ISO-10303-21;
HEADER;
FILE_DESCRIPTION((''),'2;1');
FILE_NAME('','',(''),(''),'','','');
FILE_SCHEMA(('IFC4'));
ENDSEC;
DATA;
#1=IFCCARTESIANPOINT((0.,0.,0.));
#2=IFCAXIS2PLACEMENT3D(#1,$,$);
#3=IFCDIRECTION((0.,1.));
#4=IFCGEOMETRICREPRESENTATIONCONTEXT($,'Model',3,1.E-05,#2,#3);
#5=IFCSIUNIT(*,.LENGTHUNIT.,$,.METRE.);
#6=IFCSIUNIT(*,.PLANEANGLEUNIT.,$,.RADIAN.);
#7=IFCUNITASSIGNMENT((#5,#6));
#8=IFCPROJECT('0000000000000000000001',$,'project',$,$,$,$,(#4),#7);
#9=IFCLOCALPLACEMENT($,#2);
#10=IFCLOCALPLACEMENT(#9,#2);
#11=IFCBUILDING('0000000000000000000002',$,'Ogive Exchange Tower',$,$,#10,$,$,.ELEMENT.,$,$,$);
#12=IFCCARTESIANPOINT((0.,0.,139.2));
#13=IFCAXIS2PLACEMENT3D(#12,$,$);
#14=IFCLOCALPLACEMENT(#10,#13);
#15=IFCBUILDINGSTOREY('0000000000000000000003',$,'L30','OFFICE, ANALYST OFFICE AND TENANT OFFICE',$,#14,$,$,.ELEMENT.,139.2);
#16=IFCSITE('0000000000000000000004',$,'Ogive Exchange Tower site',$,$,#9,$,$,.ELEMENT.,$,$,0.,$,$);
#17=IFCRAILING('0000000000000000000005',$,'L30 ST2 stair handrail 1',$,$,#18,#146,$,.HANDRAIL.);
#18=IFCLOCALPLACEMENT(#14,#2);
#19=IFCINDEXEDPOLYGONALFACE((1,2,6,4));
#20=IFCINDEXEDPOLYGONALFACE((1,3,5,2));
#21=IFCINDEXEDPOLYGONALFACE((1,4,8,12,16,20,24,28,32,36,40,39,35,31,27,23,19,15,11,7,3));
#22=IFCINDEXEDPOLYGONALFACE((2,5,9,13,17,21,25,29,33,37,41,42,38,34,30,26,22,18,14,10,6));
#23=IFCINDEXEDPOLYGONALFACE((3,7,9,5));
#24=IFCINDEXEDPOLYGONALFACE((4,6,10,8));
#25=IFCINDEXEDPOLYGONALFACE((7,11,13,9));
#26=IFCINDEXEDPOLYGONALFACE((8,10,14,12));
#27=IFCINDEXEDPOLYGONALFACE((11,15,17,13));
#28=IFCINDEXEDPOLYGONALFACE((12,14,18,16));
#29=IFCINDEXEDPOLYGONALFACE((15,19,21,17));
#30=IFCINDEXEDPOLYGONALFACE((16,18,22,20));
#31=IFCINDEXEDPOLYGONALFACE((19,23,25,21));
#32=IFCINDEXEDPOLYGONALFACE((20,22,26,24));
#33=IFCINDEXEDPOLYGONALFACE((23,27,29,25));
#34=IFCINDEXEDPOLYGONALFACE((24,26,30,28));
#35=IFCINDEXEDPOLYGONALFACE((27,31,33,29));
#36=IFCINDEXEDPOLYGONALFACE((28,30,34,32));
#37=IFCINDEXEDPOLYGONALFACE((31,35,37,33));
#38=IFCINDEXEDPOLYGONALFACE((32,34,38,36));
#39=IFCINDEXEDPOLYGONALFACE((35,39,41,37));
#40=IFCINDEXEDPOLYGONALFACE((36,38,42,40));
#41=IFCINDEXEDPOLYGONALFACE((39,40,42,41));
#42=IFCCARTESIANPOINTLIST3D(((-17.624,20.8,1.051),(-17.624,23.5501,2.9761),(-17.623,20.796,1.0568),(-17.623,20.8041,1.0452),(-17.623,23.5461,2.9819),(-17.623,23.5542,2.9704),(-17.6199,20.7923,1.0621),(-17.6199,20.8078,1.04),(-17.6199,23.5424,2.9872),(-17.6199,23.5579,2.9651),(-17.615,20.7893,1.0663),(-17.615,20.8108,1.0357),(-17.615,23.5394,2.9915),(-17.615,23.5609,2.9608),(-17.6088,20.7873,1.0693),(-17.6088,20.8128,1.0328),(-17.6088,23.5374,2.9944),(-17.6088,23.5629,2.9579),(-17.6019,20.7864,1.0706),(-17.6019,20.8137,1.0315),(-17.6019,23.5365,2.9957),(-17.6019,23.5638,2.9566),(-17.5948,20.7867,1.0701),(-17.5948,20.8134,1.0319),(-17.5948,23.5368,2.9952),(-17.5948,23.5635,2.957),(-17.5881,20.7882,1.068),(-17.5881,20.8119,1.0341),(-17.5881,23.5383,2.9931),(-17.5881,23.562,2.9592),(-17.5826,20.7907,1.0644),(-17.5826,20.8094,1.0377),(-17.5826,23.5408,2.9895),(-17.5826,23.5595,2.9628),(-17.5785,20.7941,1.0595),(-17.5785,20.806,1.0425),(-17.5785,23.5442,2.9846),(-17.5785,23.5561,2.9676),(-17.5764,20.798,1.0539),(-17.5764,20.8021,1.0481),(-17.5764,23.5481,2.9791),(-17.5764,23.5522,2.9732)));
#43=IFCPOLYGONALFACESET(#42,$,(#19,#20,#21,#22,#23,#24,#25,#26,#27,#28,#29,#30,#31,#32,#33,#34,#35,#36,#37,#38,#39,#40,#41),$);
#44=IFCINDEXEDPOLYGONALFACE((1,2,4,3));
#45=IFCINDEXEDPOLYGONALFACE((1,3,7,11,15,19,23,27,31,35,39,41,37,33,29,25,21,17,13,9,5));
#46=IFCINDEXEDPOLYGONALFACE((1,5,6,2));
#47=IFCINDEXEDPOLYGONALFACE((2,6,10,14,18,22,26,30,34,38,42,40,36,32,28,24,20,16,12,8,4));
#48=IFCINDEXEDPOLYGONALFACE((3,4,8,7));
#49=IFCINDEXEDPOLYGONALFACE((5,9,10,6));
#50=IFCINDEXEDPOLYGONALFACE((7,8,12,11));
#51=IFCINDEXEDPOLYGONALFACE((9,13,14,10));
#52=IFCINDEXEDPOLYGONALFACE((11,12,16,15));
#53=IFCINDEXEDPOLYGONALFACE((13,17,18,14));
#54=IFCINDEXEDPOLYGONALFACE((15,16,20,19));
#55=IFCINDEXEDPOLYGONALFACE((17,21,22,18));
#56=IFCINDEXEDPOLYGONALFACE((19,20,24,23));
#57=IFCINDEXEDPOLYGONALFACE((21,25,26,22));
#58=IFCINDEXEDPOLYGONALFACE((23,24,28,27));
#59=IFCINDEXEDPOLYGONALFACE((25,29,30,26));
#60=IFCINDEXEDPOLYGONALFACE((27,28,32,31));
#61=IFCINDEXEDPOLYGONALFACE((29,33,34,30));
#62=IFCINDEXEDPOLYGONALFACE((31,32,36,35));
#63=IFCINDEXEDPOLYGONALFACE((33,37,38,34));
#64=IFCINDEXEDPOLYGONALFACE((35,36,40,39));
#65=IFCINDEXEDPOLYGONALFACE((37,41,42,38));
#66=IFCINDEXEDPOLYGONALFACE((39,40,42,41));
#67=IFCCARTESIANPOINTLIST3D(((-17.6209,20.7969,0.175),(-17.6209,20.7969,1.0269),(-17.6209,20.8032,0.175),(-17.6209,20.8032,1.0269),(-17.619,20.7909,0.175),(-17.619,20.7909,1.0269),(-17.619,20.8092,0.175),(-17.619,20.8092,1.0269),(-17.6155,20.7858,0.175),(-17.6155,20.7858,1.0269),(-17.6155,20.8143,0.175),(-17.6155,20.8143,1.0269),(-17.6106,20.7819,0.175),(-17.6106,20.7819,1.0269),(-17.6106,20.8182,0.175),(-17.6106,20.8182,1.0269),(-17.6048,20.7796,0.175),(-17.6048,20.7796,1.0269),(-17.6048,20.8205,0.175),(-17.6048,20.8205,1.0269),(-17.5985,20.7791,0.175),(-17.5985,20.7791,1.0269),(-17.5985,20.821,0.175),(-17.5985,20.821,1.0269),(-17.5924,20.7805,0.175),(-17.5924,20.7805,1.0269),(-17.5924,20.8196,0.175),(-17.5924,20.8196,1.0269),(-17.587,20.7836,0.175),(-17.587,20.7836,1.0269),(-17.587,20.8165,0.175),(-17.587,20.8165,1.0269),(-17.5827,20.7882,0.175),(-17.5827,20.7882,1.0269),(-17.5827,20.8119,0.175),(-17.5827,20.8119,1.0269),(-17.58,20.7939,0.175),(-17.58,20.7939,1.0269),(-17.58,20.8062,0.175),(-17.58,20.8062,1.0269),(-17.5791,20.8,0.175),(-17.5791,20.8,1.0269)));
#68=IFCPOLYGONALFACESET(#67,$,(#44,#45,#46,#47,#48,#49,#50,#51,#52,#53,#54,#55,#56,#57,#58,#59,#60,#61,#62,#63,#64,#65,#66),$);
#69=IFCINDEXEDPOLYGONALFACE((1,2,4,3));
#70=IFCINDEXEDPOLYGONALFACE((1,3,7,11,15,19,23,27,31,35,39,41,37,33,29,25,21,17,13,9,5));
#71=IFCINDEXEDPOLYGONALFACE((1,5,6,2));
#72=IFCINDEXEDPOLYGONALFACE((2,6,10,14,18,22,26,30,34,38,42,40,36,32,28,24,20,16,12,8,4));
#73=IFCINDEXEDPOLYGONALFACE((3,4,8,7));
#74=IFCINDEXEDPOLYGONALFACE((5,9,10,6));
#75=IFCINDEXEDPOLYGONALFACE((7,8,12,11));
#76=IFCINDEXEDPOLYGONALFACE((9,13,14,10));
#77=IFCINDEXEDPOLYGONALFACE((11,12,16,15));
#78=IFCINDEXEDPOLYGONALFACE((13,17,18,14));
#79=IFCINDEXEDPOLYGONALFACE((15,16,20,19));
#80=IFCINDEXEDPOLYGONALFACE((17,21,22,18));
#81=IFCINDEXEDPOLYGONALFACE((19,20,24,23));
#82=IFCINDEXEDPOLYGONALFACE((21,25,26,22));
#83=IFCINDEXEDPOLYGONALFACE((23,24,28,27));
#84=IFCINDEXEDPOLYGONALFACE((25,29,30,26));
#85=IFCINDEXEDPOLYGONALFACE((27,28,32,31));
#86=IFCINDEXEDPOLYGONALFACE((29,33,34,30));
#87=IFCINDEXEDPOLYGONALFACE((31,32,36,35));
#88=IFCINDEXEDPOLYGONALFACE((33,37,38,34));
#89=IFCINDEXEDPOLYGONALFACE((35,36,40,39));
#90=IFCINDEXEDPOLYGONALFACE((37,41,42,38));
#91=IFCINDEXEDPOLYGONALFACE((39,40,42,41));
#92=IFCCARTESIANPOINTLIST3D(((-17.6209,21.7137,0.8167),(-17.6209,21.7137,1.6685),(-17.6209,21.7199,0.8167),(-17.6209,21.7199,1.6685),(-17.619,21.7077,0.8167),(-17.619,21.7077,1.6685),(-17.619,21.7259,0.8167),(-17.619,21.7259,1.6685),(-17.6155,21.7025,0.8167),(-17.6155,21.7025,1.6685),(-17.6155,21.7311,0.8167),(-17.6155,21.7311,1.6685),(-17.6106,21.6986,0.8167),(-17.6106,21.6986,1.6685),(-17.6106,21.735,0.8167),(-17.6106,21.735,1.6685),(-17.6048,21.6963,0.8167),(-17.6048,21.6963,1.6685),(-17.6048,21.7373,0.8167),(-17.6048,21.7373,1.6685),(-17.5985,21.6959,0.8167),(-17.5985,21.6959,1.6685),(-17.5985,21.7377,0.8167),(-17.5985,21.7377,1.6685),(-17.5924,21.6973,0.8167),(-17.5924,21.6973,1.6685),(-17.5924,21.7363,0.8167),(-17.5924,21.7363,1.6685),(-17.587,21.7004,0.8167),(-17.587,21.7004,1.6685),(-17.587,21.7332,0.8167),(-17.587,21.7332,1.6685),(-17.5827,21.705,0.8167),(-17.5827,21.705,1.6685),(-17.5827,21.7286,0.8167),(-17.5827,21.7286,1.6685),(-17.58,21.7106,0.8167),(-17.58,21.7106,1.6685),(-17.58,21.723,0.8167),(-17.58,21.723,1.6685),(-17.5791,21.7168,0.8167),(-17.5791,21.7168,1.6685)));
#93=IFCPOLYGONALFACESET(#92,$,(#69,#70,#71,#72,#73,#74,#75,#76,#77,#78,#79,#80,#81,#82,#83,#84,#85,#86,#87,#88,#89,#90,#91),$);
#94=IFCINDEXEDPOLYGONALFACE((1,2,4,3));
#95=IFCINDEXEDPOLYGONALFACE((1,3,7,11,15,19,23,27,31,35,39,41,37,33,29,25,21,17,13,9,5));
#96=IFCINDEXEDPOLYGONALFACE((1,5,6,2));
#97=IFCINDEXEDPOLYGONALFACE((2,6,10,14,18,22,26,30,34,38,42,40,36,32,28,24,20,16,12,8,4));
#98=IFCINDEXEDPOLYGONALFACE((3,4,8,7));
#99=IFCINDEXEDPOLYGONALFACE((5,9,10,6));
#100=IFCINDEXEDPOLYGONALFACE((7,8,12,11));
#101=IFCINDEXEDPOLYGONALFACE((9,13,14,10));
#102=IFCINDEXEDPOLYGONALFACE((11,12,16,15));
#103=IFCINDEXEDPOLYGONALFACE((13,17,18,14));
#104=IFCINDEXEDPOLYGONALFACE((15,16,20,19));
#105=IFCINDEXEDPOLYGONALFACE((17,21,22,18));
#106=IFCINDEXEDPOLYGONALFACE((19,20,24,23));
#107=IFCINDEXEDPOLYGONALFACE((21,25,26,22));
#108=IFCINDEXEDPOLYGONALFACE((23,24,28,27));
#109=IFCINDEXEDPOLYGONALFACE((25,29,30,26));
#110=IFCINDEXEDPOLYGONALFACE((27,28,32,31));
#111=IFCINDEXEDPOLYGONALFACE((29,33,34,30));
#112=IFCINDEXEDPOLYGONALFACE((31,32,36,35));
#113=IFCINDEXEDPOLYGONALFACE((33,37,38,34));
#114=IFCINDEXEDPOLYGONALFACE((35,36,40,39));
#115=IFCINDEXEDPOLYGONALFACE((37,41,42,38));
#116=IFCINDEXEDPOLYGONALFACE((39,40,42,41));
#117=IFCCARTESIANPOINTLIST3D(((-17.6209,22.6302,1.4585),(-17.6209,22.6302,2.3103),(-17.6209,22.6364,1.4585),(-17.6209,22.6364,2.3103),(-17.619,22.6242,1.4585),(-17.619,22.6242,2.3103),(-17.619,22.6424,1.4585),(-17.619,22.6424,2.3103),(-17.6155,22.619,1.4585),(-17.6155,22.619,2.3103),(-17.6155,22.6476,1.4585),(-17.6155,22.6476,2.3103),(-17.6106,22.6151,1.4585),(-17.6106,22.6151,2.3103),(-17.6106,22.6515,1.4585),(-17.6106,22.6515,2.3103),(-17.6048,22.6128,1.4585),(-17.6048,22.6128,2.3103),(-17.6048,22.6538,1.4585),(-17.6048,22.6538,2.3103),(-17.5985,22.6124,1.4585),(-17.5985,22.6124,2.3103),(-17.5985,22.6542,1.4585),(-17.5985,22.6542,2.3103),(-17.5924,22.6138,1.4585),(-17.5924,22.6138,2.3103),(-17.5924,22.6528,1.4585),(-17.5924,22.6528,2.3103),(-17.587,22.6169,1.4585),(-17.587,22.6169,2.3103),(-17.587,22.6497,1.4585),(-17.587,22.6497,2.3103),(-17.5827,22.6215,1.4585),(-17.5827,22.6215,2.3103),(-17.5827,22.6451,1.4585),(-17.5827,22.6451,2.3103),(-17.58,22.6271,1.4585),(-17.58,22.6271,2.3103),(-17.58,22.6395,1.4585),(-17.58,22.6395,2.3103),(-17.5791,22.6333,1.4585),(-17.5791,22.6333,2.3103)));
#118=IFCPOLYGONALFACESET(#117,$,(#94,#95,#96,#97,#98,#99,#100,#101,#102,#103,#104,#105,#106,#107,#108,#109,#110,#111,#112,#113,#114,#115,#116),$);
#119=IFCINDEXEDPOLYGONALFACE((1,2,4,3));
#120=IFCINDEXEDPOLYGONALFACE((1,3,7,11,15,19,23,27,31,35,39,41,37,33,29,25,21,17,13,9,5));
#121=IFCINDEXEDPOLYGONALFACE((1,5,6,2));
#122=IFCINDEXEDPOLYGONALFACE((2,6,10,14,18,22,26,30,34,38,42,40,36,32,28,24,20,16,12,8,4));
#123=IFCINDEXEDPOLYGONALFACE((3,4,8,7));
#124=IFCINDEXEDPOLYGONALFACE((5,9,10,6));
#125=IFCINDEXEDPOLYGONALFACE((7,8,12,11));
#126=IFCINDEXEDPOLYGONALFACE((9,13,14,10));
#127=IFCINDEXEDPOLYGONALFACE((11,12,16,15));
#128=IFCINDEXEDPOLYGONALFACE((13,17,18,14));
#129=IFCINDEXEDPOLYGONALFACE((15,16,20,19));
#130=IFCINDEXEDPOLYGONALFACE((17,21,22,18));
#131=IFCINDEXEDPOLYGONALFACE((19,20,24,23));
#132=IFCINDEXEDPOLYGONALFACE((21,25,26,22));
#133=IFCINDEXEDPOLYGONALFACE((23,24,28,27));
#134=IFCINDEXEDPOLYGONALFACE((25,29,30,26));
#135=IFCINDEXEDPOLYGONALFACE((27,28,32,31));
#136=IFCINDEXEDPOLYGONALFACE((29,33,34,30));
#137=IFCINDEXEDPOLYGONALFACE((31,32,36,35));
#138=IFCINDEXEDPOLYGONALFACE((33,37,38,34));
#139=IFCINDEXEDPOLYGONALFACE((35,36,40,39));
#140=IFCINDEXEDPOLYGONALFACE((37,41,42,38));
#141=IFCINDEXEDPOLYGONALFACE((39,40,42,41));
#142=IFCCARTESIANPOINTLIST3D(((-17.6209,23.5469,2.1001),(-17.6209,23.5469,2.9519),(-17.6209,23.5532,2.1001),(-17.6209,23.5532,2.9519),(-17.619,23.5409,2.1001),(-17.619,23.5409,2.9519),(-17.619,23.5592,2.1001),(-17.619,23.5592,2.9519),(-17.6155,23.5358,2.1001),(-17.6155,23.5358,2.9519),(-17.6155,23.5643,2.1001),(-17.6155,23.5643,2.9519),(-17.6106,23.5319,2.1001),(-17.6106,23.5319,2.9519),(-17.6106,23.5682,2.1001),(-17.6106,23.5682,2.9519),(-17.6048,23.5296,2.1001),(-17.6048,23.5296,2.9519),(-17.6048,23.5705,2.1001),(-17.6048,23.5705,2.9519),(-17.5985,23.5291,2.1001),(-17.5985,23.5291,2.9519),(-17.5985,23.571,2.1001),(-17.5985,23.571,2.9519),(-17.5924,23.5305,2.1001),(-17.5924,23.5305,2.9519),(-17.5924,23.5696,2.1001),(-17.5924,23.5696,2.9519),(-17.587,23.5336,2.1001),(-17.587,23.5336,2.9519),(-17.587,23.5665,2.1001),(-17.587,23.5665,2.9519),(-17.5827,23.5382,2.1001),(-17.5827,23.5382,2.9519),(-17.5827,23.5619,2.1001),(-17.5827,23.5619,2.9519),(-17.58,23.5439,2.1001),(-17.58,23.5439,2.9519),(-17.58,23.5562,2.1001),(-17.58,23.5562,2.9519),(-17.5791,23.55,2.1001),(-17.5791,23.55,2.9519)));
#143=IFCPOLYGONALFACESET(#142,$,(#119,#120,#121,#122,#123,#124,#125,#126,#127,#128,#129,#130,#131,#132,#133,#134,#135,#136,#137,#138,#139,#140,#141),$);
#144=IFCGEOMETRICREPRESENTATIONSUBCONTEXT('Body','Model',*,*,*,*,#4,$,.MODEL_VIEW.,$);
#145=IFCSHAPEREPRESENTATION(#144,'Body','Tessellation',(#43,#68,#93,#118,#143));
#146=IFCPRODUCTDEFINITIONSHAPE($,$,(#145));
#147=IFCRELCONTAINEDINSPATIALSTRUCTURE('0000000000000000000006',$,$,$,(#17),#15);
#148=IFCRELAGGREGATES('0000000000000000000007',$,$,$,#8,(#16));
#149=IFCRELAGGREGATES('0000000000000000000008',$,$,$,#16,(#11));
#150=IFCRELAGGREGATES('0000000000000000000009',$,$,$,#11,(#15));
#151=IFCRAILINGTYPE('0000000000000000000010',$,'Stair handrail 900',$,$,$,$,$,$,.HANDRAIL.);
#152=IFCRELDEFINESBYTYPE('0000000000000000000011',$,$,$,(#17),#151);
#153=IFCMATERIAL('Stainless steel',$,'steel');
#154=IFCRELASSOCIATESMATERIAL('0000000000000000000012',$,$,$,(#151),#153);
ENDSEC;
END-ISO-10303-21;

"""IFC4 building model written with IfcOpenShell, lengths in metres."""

from ifc_helpers import new_model, si_unit, direction, frame, origin, origin_2d, place, context, subcontext, project, spatial, circle, extrude, material, type_object, element, save


model = new_model("IFC4")

# Units and contexts
model_context = context("Model", 3, precision=1e-05, world=origin(), true_north=direction((0.0, 1.0)))
body_context = subcontext(model_context, "Body", "Model", "MODEL_VIEW")
ifc_project = project(units=[si_unit("LENGTHUNIT", "METRE"), si_unit("PLANEANGLEUNIT", "RADIAN")], contexts=[model_context])

# Site, building, storey
site_placement = place(None, origin())
site = spatial("IfcSite", under=ifc_project, at=site_placement, Name="Ogive Exchange Tower site", CompositionType="ELEMENT", RefElevation=0.0)
building_placement = place(site_placement, origin())
building = spatial("IfcBuilding", under=site, at=building_placement, Name="Ogive Exchange Tower", CompositionType="ELEMENT")
storey_placement = place(building_placement, frame((0.0, 0.0, 139.2)))
storey = spatial("IfcBuildingStorey", under=building, at=storey_placement, Name="L30", Description="OFFICE, ANALYST OFFICE AND TENANT OFFICE", CompositionType="ELEMENT", Elevation=139.2)

# Shared definitions
ifc_material_1 = material(Name="Stainless steel", Category="steel")

# Railing
railing_type = type_object("IfcRailingType", Name="Stair handrail 900", PredefinedType="HANDRAIL", material=ifc_material_1)
railing_1_placement = place(storey_placement, frame((-17.6001, 20.8, 0.175)))
element("IfcRailing", 1, at=railing_1_placement, inside=storey, type_object=railing_type, Name="L30 ST2 stair handrail 1", PredefinedType="HANDRAIL", context=body_context, shape_type="SweptSolid", body=[
    extrude(circle(Radius=0.0239, at=origin_2d()), frame((0.0, 0.0, 0.876), z_axis=(0.0, 0.819225, 0.573472), x_axis=(-1.0, 0.0, 0.0)), (0.0, 0.0, 1.0), 3.3569),
    extrude(circle(Radius=0.021, at=origin_2d()), origin(), (0.0, 0.0, 1.0), 0.8518),
    extrude(circle(Radius=0.021, at=origin_2d()), frame((0.0, 0.9167, 0.6416)), (0.0, 0.0, 1.0), 0.8518),
    extrude(circle(Radius=0.021, at=origin_2d()), frame((0.0, 1.8333, 1.2834)), (0.0, 0.0, 1.0), 0.8518),
    extrude(circle(Radius=0.021, at=origin_2d()), frame((0.0, 2.75, 1.925)), (0.0, 0.0, 1.0), 0.8518),
])

save(model, "model.ifc")
